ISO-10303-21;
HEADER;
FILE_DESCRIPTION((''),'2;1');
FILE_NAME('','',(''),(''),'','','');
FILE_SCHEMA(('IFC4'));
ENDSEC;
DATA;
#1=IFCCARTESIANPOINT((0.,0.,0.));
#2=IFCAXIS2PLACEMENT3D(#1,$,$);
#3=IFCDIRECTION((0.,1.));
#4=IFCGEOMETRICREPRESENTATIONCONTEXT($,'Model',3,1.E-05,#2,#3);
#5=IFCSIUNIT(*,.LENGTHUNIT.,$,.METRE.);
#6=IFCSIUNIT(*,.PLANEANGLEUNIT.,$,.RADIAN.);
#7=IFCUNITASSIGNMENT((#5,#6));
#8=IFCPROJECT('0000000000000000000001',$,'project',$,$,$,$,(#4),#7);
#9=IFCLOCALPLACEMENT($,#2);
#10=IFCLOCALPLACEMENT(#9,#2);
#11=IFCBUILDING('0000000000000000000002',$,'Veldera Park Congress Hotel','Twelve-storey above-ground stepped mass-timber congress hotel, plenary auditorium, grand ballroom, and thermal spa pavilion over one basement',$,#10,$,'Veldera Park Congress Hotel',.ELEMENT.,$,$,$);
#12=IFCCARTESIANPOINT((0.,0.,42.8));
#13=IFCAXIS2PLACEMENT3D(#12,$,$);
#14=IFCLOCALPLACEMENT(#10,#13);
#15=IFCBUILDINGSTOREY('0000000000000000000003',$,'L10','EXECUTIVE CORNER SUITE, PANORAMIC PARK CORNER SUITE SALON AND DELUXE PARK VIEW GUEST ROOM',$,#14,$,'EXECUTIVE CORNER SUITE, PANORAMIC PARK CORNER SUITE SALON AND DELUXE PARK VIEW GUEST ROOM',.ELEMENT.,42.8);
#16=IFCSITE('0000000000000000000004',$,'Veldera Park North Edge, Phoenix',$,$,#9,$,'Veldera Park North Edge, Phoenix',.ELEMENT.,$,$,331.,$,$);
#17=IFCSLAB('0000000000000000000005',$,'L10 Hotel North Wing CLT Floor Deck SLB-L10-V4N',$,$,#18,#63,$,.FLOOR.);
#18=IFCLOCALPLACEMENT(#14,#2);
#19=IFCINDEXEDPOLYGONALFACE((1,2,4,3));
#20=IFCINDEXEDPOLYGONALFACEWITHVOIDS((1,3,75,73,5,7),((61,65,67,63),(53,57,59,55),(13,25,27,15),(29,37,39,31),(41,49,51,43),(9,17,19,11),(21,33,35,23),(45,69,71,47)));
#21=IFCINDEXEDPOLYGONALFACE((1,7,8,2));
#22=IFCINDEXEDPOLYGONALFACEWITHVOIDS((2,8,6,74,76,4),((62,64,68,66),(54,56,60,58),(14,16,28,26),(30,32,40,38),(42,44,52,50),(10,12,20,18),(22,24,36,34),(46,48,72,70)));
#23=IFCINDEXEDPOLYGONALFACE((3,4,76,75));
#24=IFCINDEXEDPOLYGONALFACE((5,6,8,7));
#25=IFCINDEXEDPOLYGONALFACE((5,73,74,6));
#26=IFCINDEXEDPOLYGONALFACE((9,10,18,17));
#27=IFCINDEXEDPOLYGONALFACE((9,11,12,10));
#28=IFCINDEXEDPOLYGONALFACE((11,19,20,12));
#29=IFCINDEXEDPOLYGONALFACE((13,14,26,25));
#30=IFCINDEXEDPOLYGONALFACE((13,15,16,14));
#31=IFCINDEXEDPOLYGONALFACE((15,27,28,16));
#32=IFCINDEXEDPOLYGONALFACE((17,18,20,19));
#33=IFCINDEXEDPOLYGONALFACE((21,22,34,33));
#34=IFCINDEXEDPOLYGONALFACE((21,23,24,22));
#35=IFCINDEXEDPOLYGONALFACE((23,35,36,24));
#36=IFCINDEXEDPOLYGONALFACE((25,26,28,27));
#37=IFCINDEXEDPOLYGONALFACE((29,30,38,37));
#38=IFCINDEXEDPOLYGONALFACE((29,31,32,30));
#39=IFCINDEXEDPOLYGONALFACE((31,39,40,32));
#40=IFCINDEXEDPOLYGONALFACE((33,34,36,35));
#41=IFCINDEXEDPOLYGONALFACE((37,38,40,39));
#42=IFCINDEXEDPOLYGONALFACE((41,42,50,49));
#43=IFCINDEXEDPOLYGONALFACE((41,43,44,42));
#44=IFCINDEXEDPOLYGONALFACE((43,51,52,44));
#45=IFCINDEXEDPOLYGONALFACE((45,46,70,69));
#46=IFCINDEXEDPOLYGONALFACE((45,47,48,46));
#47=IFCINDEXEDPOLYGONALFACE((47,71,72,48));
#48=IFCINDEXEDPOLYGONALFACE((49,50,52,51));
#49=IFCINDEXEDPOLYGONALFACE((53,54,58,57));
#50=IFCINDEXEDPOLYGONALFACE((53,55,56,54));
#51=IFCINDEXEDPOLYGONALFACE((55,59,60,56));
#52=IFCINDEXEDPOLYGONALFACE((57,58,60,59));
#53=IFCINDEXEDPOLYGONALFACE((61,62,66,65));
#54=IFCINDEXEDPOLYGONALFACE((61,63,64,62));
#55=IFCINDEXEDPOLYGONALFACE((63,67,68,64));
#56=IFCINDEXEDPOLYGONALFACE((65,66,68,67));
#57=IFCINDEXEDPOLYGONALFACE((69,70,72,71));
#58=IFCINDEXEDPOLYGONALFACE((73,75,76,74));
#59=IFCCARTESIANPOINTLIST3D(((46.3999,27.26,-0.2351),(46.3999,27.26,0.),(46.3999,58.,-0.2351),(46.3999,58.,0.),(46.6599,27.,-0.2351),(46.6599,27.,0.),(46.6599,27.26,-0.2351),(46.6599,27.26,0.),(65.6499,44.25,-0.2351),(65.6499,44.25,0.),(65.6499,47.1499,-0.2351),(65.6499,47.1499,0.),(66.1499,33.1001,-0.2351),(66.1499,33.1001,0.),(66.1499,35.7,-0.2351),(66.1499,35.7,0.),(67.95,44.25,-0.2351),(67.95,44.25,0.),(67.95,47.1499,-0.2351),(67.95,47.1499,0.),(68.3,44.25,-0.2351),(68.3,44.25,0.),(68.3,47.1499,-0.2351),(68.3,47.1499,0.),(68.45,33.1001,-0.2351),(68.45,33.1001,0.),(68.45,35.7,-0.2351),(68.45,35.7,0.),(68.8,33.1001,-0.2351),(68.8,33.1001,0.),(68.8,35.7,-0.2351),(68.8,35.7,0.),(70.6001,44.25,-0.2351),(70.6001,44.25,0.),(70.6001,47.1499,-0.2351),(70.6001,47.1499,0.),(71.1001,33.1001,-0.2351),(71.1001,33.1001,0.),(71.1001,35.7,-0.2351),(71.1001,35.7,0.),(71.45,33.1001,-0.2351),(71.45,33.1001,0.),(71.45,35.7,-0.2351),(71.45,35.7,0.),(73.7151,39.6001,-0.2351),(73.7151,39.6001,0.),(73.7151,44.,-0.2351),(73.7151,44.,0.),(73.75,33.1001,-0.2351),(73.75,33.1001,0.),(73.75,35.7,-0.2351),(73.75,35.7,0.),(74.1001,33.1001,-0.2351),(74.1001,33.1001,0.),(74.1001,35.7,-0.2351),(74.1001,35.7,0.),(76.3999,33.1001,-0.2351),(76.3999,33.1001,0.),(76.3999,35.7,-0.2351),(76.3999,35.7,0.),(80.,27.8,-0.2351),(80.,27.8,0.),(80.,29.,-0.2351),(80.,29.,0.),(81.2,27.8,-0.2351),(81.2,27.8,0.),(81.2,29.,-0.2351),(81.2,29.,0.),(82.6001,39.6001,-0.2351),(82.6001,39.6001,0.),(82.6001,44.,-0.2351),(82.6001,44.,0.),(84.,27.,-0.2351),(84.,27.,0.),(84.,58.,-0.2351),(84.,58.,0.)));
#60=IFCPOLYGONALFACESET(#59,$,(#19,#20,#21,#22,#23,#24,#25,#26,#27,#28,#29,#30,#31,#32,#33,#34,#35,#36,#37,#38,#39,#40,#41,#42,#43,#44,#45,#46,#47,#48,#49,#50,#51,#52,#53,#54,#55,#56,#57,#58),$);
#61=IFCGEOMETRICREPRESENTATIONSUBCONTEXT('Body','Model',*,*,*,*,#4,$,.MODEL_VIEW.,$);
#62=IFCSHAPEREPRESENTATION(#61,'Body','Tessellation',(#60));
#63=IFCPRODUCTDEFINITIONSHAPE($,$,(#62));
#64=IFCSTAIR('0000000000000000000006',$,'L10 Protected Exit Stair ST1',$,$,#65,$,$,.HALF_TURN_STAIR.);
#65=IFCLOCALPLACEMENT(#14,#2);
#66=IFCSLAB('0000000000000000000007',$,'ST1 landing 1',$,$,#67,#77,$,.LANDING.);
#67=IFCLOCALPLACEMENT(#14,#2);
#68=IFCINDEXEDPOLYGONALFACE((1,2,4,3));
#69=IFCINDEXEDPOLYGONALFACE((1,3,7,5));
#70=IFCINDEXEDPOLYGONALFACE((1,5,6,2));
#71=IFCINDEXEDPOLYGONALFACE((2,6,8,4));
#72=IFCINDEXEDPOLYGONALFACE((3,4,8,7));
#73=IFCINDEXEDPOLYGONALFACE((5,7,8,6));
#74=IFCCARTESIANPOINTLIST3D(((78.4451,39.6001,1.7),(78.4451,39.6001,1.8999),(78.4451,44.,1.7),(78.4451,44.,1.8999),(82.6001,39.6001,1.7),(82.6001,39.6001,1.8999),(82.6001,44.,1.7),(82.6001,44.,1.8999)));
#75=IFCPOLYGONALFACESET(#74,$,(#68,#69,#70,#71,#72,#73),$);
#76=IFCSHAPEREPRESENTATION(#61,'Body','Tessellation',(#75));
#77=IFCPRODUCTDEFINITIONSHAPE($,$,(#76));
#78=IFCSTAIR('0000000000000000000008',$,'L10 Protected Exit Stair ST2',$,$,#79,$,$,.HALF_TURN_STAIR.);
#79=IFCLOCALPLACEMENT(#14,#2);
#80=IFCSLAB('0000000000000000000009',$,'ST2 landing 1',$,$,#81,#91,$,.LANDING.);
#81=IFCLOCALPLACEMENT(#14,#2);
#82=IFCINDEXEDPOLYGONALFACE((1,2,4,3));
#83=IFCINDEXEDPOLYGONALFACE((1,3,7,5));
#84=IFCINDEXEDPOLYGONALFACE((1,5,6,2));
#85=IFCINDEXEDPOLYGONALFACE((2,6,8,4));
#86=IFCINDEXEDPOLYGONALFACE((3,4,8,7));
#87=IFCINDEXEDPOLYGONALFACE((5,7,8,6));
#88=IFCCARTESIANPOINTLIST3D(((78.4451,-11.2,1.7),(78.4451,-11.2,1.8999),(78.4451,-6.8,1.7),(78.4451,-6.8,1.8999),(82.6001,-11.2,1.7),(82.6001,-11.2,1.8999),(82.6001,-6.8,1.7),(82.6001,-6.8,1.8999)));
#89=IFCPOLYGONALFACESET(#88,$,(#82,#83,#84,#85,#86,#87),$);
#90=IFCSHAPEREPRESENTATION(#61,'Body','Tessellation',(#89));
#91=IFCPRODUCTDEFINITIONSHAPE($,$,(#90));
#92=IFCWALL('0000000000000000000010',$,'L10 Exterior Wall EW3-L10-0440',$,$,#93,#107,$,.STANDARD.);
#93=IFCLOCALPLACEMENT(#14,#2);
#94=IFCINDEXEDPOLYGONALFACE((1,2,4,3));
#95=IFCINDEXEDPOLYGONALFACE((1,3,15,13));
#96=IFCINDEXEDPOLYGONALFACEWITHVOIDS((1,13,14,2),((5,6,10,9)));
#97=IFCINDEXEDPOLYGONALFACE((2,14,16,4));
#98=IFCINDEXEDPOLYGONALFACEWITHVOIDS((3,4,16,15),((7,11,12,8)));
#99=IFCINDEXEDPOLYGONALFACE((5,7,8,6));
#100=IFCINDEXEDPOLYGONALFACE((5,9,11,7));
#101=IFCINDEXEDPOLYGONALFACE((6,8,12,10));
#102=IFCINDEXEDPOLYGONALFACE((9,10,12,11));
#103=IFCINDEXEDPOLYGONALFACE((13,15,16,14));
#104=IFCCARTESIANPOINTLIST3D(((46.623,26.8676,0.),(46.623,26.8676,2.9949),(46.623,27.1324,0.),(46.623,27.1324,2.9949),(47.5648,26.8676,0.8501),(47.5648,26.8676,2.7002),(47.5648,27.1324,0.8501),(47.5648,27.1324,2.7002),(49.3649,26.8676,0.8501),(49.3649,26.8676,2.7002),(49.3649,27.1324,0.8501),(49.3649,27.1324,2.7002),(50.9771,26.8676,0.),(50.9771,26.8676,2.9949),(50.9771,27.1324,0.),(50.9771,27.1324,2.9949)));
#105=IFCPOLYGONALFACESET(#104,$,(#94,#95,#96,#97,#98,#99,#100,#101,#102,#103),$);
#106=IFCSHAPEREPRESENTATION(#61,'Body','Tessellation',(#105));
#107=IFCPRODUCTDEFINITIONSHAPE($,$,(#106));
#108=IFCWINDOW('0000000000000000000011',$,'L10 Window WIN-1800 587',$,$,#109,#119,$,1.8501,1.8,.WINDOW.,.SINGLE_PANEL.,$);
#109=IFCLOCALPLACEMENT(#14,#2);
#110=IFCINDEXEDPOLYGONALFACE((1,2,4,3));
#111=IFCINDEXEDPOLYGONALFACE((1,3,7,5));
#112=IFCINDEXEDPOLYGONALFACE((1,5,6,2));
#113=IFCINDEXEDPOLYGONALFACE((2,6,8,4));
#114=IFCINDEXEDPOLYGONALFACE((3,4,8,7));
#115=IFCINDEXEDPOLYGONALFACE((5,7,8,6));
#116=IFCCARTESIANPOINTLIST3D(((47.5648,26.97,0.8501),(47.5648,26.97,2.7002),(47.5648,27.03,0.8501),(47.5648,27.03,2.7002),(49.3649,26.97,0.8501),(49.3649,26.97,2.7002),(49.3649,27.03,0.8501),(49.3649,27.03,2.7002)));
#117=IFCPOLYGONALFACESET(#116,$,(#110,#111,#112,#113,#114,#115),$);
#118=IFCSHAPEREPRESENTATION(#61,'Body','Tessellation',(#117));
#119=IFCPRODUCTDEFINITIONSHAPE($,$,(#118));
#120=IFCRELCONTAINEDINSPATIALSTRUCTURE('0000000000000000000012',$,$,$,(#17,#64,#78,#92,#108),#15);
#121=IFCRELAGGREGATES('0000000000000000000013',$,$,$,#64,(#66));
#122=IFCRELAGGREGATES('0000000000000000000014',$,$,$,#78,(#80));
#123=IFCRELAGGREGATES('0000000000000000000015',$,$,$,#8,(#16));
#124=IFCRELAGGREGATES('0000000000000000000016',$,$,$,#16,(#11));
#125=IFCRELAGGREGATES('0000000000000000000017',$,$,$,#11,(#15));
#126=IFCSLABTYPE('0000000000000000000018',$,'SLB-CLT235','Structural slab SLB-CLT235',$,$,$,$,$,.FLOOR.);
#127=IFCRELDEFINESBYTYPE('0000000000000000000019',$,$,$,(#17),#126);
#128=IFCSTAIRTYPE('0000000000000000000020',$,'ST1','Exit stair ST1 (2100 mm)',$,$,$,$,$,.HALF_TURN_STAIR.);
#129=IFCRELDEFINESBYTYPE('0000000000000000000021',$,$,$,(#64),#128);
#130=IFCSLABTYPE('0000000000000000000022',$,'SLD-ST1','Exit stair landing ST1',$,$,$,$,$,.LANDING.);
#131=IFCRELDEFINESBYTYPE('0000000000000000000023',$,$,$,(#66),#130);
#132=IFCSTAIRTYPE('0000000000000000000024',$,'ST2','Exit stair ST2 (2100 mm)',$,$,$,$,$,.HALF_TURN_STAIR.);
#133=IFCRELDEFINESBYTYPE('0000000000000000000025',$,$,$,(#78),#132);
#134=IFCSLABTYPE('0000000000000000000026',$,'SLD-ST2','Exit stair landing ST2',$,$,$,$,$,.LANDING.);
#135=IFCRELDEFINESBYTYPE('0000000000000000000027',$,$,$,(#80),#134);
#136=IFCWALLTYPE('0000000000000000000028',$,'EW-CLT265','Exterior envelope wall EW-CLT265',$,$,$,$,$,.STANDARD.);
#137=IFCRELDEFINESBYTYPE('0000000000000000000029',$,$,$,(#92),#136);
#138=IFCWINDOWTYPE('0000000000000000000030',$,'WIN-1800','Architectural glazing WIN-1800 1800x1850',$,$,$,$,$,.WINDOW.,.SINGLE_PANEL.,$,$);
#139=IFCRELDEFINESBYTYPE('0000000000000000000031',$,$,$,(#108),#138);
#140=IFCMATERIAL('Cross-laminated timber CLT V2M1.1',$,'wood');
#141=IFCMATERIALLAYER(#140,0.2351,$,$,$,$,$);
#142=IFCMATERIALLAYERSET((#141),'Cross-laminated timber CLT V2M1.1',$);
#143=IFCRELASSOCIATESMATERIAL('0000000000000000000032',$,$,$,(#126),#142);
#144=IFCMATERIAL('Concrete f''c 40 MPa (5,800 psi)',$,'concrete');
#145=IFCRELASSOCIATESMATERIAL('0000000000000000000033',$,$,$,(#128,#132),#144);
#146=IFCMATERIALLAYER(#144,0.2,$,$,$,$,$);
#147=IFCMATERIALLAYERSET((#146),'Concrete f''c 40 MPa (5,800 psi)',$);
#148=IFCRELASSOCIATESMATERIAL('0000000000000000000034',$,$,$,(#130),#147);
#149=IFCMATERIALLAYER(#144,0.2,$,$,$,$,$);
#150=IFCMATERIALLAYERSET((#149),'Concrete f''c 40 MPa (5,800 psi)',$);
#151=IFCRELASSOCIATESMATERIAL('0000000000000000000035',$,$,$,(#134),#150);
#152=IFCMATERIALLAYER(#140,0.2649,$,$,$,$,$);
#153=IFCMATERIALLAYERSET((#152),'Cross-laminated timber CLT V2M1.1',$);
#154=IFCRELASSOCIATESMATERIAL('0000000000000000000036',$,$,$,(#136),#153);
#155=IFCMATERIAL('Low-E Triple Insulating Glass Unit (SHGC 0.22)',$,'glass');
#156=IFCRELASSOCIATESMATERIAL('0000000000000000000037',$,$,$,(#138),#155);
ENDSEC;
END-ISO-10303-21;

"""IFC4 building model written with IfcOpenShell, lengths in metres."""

from ifc_helpers import new_model, si_unit, direction, frame, frame_2d, origin, place, context, subcontext, project, spatial, polyline, rectangle, outline, extrude, material, layer, layer_set, type_object, element, fill, aggregate, save


model = new_model("IFC4")

# Units and contexts
model_context = context("Model", 3, precision=1e-05, world=origin(), true_north=direction((0.0, 1.0)))
body_context = subcontext(model_context, "Body", "Model", "MODEL_VIEW")
ifc_project = project(units=[si_unit("LENGTHUNIT", "METRE"), si_unit("PLANEANGLEUNIT", "RADIAN")], contexts=[model_context])

# Site, building, storey
site_placement = place(None, origin())
site = spatial("IfcSite", under=ifc_project, at=site_placement, Name="Veldera Park North Edge, Phoenix", LongName="Veldera Park North Edge, Phoenix", CompositionType="ELEMENT", RefElevation=331.0)
building_placement = place(site_placement, origin())
building = spatial("IfcBuilding", under=site, at=building_placement, Name="Veldera Park Congress Hotel", Description="Twelve-storey above-ground stepped mass-timber congress hotel, plenary auditorium, grand ballroom, and thermal spa pavilion over one basement", LongName="Veldera Park Congress Hotel", CompositionType="ELEMENT")
storey_placement = place(building_placement, frame((0.0, 0.0, 42.8)))
storey = spatial("IfcBuildingStorey", under=building, at=storey_placement, Name="L10", Description="EXECUTIVE CORNER SUITE, PANORAMIC PARK CORNER SUITE SALON AND DELUXE PARK VIEW GUEST ROOM", LongName="EXECUTIVE CORNER SUITE, PANORAMIC PARK CORNER SUITE SALON AND DELUXE PARK VIEW GUEST ROOM", CompositionType="ELEMENT", Elevation=42.8)

# Slab
ifc_material_1 = material(Name="Cross-laminated timber CLT V2M1.1", Category="wood")
ifc_layer_1 = layer(ifc_material_1, 0.2351)
ifc_layer_set_1 = layer_set([ifc_layer_1], Name="Cross-laminated timber CLT V2M1.1")
slab_type_1 = type_object("IfcSlabType", Name="SLB-CLT235", Description="Structural slab SLB-CLT235", PredefinedType="FLOOR", material=ifc_layer_set_1)
slab_1_placement = place(storey_placement, frame((0.0, 0.0, -0.2351)))
element("IfcSlab", 1, at=slab_1_placement, inside=storey, type_object=slab_type_1, Name="L10 Hotel North Wing CLT Floor Deck SLB-L10-V4N", PredefinedType="FLOOR", context=body_context, shape_type="SweptSolid", body=[
    extrude(outline(polyline([(46.3999, 27.26), (46.6599, 27.26), (46.6599, 27.0), (84.0, 27.0), (84.0, 58.0), (46.3999, 58.0), (46.3999, 27.26)]), holes=[polyline([(73.7151, 39.6001), (82.6001, 39.6001), (82.6001, 44.0), (73.7151, 44.0), (73.7151, 39.6001)]), polyline([(65.6499, 44.25), (67.95, 44.25), (67.95, 47.1499), (65.6499, 47.1499), (65.6499, 44.25)]), polyline([(68.3, 44.25), (70.6001, 44.25), (70.6001, 47.1499), (68.3, 47.1499), (68.3, 44.25)]), polyline([(66.1499, 33.1001), (68.45, 33.1001), (68.45, 35.7), (66.1499, 35.7), (66.1499, 33.1001)]), polyline([(68.8, 33.1001), (71.1001, 33.1001), (71.1001, 35.7), (68.8, 35.7), (68.8, 33.1001)]), polyline([(71.45, 33.1001), (73.75, 33.1001), (73.75, 35.7), (71.45, 35.7), (71.45, 33.1001)]), polyline([(74.1001, 33.1001), (76.3999, 33.1001), (76.3999, 35.7), (74.1001, 35.7), (74.1001, 33.1001)]), polyline([(80.0, 27.8), (81.2, 27.8), (81.2, 29.0), (80.0, 29.0), (80.0, 27.8)])]), origin(), (0.0, 0.0, 1.0), 0.2351),
])

# Stairs, slabs
ifc_material_2 = material(Name="Concrete f'c 40 MPa (5,800 psi)", Category="concrete")
stair_type_1 = type_object("IfcStairType", Name="ST1", Description="Exit stair ST1 (2100 mm)", PredefinedType="HALF_TURN_STAIR", material=ifc_material_2)
stair_1_placement = place(storey_placement, origin())
stair_1 = element("IfcStair", 2, at=stair_1_placement, inside=storey, type_object=stair_type_1, Name="L10 Protected Exit Stair ST1", PredefinedType="HALF_TURN_STAIR")
ifc_layer_2 = layer(ifc_material_2, 0.2)
ifc_layer_set_2 = layer_set([ifc_layer_2], Name="Concrete f'c 40 MPa (5,800 psi)")
slab_type_2 = type_object("IfcSlabType", Name="SLD-ST1", Description="Exit stair landing ST1", PredefinedType="LANDING", material=ifc_layer_set_2)
slab_2_placement = place(storey_placement, frame((0.0, 0.0, 1.7)))
slab_2 = element("IfcSlab", 3, at=slab_2_placement, type_object=slab_type_2, Name="ST1 landing 1", PredefinedType="LANDING", context=body_context, shape_type="SweptSolid", body=[
    extrude(outline(polyline([(78.4451, 39.6001), (82.6001, 39.6001), (82.6001, 44.0), (78.4451, 44.0), (78.4451, 39.6001)])), origin(), (0.0, 0.0, 1.0), 0.2),
])
aggregate(stair_1, [slab_2])
stair_type_2 = type_object("IfcStairType", Name="ST2", Description="Exit stair ST2 (2100 mm)", PredefinedType="HALF_TURN_STAIR", material=ifc_material_2)
stair_2_placement = place(storey_placement, origin())
stair_2 = element("IfcStair", 4, at=stair_2_placement, inside=storey, type_object=stair_type_2, Name="L10 Protected Exit Stair ST2", PredefinedType="HALF_TURN_STAIR")
ifc_layer_3 = layer(ifc_material_2, 0.2)
ifc_layer_set_3 = layer_set([ifc_layer_3], Name="Concrete f'c 40 MPa (5,800 psi)")
slab_type_3 = type_object("IfcSlabType", Name="SLD-ST2", Description="Exit stair landing ST2", PredefinedType="LANDING", material=ifc_layer_set_3)
slab_3_placement = place(storey_placement, frame((0.0, 0.0, 1.7)))
slab_3 = element("IfcSlab", 5, at=slab_3_placement, type_object=slab_type_3, Name="ST2 landing 1", PredefinedType="LANDING", context=body_context, shape_type="SweptSolid", body=[
    extrude(outline(polyline([(78.4451, -11.2), (82.6001, -11.2), (82.6001, -6.8), (78.4451, -6.8), (78.4451, -11.2)])), origin(), (0.0, 0.0, 1.0), 0.2),
])
aggregate(stair_2, [slab_3])

# Wall, opening, window
ifc_layer_4 = layer(ifc_material_1, 0.2649)
ifc_layer_set_4 = layer_set([ifc_layer_4], Name="Cross-laminated timber CLT V2M1.1")
wall_type_1 = type_object("IfcWallType", Name="EW-CLT265", Description="Exterior envelope wall EW-CLT265", PredefinedType="STANDARD", material=ifc_layer_set_4)
wall_1_placement = place(storey_placement, frame((46.623, 27.0, 0.0), z_axis=(0.0, 0.0, 1.0), x_axis=(1.0, 0.0, 0.0)))
wall_1 = element("IfcWall", 6, at=wall_1_placement, inside=storey, type_object=wall_type_1, Name="L10 Exterior Wall EW3-L10-0440", PredefinedType="STANDARD", context=body_context, shape_type="SweptSolid", body=[
    extrude(rectangle(XDim=4.354, YDim=0.2649, at=frame_2d((2.177, 0.0))), origin(), (0.0, 0.0, 1.0), 2.9949),
])
opening_1_placement = place(wall_1_placement, frame((0.9419, 0.0, 0.8501)))
opening_1 = element("IfcOpeningElement", 7, at=opening_1_placement, cuts=wall_1, PredefinedType="OPENING", context=body_context, shape_type="SweptSolid", body=[
    extrude(rectangle(XDim=1.8, YDim=1.8501, at=frame_2d((0.8999, 0.925))), frame((0.0, 0.1445, 0.0), z_axis=(0.0, -1.0, 0.0), x_axis=(1.0, 0.0, 0.0)), (0.0, 0.0, 1.0), 0.2888),
])
ifc_material_3 = material(Name="Low-E Triple Insulating Glass Unit (SHGC 0.22)", Category="glass")
window_type_1 = type_object("IfcWindowType", Name="WIN-1800", Description="Architectural glazing WIN-1800 1800x1850", PartitioningType="SINGLE_PANEL", PredefinedType="WINDOW", material=ifc_material_3)
window_1_placement = place(opening_1_placement, origin())
window_1 = element("IfcWindow", 8, at=window_1_placement, inside=storey, type_object=window_type_1, Name="L10 Window WIN-1800 587", OverallHeight=1.8501, OverallWidth=1.8, PartitioningType="SINGLE_PANEL", PredefinedType="WINDOW", context=body_context, shape_type="SweptSolid", body=[
    extrude(rectangle(XDim=1.8, YDim=1.8501, at=frame_2d((0.8999, 0.925))), frame((0.0, 0.03, 0.0), z_axis=(0.0, -1.0, 0.0), x_axis=(1.0, 0.0, 0.0)), (0.0, 0.0, 1.0), 0.0601),
])
fill(opening_1, window_1)

save(model, "model.ifc")
